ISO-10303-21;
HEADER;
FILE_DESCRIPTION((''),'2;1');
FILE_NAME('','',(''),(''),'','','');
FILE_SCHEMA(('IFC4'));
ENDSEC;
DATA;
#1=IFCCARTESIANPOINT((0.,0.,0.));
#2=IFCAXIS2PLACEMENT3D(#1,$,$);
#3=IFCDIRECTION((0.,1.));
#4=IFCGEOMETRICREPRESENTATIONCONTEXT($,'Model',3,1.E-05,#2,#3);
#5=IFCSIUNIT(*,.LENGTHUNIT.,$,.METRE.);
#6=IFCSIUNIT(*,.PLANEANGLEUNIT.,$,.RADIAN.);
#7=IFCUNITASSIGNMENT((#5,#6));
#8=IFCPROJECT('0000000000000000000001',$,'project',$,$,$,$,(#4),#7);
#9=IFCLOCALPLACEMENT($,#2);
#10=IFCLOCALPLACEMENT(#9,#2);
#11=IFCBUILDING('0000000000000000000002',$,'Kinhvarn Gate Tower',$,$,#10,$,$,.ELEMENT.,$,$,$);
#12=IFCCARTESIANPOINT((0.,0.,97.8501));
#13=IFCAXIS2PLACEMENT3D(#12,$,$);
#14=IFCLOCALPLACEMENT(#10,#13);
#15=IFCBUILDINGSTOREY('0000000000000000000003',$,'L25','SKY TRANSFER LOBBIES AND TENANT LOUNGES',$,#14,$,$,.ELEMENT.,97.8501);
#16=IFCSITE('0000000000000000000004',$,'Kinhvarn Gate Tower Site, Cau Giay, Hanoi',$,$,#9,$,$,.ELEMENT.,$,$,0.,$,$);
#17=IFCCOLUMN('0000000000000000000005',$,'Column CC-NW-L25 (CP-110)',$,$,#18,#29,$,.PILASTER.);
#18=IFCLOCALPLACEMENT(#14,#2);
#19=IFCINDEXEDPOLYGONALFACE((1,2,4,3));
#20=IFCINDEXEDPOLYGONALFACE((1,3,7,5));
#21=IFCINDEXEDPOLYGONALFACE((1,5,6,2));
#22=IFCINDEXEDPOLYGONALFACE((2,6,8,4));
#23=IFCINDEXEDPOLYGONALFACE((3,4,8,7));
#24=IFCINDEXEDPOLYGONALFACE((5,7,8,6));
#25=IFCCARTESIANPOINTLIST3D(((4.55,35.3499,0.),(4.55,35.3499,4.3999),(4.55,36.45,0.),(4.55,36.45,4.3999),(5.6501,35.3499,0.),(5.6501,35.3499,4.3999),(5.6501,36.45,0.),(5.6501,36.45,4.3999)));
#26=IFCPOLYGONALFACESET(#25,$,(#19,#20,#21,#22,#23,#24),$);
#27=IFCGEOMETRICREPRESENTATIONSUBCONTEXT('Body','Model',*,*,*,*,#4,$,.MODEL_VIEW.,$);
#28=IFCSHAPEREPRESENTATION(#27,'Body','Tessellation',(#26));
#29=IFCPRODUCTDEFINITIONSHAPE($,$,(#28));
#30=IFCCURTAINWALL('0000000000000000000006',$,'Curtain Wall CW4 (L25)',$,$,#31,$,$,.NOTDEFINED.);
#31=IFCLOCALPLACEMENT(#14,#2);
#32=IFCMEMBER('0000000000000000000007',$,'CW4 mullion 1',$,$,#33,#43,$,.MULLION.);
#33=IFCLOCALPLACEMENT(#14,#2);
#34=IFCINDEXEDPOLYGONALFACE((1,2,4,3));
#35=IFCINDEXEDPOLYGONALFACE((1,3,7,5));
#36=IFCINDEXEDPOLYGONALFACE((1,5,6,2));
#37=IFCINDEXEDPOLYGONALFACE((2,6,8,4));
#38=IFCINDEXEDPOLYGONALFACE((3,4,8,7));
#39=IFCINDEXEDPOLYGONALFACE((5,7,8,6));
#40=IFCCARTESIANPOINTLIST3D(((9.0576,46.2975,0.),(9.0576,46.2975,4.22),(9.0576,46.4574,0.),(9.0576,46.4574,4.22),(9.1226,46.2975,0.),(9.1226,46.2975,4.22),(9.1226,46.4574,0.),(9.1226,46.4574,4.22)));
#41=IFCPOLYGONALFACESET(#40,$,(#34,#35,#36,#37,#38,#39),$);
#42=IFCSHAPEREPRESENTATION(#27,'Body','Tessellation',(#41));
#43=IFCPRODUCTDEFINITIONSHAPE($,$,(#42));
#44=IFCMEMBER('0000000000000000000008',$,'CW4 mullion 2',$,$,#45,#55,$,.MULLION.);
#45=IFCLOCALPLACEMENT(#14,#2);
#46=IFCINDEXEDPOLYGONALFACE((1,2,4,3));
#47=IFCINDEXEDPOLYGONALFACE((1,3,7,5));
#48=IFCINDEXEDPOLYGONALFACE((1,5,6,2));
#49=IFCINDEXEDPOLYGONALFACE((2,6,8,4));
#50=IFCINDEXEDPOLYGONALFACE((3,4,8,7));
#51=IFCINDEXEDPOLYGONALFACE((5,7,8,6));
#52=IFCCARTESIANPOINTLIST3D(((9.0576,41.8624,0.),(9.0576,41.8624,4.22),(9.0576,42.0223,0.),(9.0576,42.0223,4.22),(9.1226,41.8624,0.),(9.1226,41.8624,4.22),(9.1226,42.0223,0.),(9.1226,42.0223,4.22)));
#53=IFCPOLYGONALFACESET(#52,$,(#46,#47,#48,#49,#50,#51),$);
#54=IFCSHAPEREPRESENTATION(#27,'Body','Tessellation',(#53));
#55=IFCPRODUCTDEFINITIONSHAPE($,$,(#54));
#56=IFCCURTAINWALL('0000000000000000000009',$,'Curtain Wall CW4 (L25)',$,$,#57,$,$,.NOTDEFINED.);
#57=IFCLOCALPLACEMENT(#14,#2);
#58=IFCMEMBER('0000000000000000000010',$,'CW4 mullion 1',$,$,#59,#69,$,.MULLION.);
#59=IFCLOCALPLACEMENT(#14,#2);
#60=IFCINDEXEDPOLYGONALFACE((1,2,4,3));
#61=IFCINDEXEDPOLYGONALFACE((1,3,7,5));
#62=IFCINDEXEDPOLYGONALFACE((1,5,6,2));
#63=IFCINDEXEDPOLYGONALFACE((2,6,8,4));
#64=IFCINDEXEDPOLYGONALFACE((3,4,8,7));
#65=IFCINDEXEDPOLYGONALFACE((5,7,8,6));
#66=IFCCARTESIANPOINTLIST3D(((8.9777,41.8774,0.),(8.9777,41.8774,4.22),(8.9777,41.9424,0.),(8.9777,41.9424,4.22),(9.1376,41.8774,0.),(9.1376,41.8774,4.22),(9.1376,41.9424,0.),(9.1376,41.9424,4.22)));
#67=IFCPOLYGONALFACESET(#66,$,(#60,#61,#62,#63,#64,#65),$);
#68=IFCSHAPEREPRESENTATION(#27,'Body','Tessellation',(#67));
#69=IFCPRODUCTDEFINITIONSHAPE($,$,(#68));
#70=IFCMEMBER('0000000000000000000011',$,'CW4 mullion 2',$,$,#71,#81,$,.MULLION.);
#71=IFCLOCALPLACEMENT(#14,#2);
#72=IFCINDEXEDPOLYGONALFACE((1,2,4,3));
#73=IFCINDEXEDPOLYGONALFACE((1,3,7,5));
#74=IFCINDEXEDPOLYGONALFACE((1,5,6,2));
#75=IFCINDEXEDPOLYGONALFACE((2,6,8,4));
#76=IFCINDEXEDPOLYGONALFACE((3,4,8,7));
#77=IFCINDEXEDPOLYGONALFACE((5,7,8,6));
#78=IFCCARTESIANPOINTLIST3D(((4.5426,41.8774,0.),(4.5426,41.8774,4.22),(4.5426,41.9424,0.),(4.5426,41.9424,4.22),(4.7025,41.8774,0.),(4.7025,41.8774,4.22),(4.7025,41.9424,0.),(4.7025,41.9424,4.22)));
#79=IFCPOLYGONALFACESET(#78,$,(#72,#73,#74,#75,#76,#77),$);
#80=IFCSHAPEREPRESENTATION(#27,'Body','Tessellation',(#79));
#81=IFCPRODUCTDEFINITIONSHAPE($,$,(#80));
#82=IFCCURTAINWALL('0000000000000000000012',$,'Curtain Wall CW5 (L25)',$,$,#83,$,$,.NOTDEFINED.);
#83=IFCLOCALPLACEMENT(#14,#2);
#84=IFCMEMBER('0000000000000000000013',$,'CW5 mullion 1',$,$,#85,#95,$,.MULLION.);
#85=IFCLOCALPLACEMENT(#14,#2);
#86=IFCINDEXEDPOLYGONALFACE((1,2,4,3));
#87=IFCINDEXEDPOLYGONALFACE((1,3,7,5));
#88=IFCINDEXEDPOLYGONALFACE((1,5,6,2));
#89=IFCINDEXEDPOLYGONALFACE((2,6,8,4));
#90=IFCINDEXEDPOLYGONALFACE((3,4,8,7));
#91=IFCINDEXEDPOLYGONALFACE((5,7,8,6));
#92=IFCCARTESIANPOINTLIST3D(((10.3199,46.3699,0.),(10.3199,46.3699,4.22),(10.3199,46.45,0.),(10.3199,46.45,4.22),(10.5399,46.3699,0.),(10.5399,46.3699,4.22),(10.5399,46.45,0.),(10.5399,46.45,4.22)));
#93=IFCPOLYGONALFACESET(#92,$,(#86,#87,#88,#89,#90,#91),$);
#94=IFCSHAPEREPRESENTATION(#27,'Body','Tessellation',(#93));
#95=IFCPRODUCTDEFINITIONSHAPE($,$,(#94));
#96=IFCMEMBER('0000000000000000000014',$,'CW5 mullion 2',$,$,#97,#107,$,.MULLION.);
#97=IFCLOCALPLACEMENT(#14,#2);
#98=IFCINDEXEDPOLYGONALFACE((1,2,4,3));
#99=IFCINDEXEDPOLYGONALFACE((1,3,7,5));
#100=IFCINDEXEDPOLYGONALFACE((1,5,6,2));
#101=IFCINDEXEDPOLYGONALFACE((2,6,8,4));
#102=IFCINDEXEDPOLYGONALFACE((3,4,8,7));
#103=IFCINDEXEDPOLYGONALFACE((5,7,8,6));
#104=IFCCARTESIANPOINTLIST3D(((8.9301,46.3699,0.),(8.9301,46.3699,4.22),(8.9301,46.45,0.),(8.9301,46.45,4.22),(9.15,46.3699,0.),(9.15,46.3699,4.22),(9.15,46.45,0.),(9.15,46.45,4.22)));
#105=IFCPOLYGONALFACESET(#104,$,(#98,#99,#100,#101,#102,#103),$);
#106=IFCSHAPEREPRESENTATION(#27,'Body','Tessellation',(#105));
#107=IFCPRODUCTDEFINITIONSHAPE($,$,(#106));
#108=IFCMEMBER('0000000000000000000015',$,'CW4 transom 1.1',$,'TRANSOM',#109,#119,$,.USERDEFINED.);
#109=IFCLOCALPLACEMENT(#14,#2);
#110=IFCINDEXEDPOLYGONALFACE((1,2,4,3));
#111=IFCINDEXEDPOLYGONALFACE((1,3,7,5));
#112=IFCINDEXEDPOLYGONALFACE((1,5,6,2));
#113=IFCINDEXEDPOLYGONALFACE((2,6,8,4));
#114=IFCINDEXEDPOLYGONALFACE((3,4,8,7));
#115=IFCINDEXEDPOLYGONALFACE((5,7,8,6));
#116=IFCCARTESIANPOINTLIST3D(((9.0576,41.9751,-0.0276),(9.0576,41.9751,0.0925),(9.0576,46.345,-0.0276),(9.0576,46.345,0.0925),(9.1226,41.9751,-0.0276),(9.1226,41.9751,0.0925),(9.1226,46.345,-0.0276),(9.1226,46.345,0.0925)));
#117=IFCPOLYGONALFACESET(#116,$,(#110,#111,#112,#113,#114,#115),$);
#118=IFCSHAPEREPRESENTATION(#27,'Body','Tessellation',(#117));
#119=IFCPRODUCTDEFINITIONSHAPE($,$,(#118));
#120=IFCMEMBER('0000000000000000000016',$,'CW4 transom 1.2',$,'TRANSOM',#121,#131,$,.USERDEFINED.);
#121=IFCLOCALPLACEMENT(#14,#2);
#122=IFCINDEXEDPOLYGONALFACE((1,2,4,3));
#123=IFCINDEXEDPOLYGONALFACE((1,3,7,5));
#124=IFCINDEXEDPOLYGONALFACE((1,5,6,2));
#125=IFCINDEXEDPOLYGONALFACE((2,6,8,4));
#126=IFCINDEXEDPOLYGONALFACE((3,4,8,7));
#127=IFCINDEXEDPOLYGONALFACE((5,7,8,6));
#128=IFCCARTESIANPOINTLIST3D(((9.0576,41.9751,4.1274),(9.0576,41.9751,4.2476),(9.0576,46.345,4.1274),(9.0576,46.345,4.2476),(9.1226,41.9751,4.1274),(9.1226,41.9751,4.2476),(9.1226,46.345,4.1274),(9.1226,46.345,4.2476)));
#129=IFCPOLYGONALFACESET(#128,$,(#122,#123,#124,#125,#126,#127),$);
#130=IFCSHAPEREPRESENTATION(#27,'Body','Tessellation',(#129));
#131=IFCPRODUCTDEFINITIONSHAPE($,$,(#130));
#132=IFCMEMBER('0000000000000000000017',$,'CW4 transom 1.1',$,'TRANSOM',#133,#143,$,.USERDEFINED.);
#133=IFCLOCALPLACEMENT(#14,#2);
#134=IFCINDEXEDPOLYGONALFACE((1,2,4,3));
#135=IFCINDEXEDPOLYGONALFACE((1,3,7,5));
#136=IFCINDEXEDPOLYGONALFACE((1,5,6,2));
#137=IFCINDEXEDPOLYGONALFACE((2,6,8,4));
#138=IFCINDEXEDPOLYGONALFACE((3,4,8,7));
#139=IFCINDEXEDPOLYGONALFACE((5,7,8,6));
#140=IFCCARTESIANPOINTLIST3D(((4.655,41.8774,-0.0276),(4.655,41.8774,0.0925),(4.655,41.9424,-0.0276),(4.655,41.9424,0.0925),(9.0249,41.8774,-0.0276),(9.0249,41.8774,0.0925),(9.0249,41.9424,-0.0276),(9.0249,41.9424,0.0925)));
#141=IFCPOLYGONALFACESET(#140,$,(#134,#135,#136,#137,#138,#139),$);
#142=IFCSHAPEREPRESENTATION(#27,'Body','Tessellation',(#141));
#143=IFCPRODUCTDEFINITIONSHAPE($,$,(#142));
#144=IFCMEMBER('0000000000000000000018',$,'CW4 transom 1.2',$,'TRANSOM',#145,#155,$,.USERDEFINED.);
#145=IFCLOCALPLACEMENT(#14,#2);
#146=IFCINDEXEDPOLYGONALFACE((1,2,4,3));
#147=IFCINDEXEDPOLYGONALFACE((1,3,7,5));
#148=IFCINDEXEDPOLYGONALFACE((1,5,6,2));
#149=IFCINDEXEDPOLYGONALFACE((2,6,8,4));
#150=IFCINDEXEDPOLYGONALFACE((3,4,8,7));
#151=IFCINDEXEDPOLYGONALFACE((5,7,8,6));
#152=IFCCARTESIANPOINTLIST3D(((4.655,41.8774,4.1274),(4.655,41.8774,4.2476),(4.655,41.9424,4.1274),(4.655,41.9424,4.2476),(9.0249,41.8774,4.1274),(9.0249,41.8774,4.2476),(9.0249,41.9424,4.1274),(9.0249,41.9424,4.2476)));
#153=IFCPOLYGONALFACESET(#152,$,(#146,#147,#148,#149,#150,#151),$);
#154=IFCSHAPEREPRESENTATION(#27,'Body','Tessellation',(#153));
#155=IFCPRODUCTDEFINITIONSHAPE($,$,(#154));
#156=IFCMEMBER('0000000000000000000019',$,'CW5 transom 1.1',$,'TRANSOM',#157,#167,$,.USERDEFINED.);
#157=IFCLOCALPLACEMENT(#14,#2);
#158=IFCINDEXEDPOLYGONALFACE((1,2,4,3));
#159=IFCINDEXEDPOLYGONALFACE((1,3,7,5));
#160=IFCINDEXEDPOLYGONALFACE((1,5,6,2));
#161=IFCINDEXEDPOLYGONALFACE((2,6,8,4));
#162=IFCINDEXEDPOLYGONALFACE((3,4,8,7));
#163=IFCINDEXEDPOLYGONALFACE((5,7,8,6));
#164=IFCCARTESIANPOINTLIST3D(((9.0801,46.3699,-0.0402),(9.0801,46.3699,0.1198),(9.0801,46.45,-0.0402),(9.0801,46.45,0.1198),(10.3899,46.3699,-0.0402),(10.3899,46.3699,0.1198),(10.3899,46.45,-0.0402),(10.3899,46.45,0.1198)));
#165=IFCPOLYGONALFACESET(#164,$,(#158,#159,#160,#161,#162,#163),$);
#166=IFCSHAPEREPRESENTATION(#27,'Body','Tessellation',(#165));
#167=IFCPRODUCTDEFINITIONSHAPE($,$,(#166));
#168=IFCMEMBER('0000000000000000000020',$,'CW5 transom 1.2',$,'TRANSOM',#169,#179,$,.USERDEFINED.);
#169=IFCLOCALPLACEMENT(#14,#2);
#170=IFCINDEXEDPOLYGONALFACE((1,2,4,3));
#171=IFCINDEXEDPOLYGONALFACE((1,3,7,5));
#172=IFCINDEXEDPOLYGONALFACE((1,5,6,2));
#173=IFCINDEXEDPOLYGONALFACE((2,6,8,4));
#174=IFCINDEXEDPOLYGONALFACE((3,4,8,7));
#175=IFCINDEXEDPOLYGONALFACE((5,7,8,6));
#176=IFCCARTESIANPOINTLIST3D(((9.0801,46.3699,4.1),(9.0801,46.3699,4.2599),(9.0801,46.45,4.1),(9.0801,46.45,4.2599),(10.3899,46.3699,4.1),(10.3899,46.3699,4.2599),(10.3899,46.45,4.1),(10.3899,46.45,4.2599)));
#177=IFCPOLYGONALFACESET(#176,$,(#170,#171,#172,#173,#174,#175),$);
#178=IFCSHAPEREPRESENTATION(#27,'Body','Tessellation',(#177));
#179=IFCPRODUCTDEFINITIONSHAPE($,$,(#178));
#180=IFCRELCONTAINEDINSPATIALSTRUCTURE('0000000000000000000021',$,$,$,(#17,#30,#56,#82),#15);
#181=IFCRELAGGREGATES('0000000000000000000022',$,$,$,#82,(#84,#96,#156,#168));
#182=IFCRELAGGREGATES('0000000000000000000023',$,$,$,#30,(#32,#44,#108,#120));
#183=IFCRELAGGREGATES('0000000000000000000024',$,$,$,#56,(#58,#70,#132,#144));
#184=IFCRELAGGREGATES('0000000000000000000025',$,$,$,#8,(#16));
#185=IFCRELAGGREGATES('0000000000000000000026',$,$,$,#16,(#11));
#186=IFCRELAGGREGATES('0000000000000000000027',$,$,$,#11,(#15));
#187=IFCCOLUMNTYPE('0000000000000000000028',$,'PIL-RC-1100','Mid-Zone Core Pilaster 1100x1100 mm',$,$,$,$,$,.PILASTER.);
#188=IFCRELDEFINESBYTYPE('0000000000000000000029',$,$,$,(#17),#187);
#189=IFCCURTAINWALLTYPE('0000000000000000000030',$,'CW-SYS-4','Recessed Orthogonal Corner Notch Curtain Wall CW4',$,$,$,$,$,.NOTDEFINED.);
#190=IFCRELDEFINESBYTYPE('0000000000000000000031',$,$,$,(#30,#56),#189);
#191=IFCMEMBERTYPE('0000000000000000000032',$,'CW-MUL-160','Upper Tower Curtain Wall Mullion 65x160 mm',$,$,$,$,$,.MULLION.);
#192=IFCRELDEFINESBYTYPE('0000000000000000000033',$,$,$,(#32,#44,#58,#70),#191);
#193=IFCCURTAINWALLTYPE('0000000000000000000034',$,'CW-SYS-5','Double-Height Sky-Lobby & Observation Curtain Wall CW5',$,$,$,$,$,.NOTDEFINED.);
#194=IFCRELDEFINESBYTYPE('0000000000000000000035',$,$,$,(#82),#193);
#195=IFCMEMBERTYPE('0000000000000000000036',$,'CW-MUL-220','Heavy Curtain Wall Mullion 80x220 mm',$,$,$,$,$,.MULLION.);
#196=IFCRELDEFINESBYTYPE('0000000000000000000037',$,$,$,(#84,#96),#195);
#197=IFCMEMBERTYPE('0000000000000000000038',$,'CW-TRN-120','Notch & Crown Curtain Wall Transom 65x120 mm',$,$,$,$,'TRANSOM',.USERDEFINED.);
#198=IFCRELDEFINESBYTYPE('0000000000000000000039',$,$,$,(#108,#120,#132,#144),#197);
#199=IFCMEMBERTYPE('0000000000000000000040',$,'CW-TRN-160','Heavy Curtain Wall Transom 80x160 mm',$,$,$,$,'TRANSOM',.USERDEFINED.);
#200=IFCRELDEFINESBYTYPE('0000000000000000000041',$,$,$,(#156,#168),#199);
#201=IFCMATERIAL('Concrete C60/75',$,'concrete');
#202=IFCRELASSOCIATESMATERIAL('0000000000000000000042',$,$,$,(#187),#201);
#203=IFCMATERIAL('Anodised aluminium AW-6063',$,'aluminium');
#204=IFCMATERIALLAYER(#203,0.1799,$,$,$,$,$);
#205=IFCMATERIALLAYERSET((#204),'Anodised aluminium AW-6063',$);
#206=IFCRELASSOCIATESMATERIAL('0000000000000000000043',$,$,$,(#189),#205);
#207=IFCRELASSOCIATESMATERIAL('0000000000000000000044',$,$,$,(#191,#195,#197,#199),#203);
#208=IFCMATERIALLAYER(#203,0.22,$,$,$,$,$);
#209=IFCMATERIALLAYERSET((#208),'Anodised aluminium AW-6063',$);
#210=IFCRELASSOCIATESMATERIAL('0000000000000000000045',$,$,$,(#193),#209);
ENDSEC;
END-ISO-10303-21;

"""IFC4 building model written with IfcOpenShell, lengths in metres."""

from ifc_helpers import new_model, si_unit, direction, frame, origin, origin_2d, place, context, subcontext, project, spatial, rectangle, extrude, material, layer, layer_set, material_profile, profile_set, type_object, element, aggregate, save


model = new_model("IFC4")

# Units and contexts
model_context = context("Model", 3, precision=1e-05, world=origin(), true_north=direction((0.0, 1.0)))
body_context = subcontext(model_context, "Body", "Model", "MODEL_VIEW")
ifc_project = project(units=[si_unit("LENGTHUNIT", "METRE"), si_unit("PLANEANGLEUNIT", "RADIAN")], contexts=[model_context])

# Site, building, storey
site_placement = place(None, origin())
site = spatial("IfcSite", under=ifc_project, at=site_placement, Name="Kinhvarn Gate Tower Site, Cau Giay, Hanoi", CompositionType="ELEMENT", RefElevation=0.0)
building_placement = place(site_placement, origin())
building = spatial("IfcBuilding", under=site, at=building_placement, Name="Kinhvarn Gate Tower", CompositionType="ELEMENT")
storey_placement = place(building_placement, frame((0.0, 0.0, 97.8501)))
storey = spatial("IfcBuildingStorey", under=building, at=storey_placement, Name="L25", Description="SKY TRANSFER LOBBIES AND TENANT LOUNGES", CompositionType="ELEMENT", Elevation=97.8501)

# Column
ifc_material_1 = material(Name="Concrete C60/75", Category="concrete")
ifc_material_profile_1 = material_profile(ifc_material_1, rectangle(XDim=1.1001, YDim=1.1001, at=origin_2d()), Name="RC 1100x1100")
ifc_profile_set_1 = profile_set([ifc_material_profile_1], Name="Concrete C60/75")
column_type = type_object("IfcColumnType", Name="PIL-RC-1100", Description="Mid-Zone Core Pilaster 1100x1100 mm", PredefinedType="PILASTER", material=ifc_profile_set_1)
column_placement = place(storey_placement, frame((5.1001, 35.8999, 0.0), z_axis=(0.0, 0.0, 1.0), x_axis=(1.0, 0.0, 0.0)))
element("IfcColumn", 1, at=column_placement, inside=storey, type_object=column_type, Name="Column CC-NW-L25 (CP-110)", PredefinedType="PILASTER", context=body_context, shape_type="SweptSolid", body=[
    extrude(rectangle(XDim=1.1001, YDim=1.1001, at=origin_2d()), origin(), (0.0, 0.0, 1.0), 4.3999),
])

# Curtain walls, members
ifc_material_2 = material(Name="Anodised aluminium AW-6063", Category="aluminium")
ifc_layer_1 = layer(ifc_material_2, 0.1799)
ifc_layer_set_1 = layer_set([ifc_layer_1], Name="Anodised aluminium AW-6063")
curtain_wall_type_1 = type_object("IfcCurtainWallType", Name="CW-SYS-4", Description="Recessed Orthogonal Corner Notch Curtain Wall CW4", PredefinedType="NOTDEFINED", material=ifc_layer_set_1)
curtain_wall_1_placement = place(storey_placement, origin())
curtain_wall_1 = element("IfcCurtainWall", 2, at=curtain_wall_1_placement, inside=storey, type_object=curtain_wall_type_1, Name="Curtain Wall CW4 (L25)", PredefinedType="NOTDEFINED")
ifc_material_profile_2 = material_profile(ifc_material_2, rectangle(XDim=0.0649, YDim=0.1599, at=origin_2d()), Name="ALU 65x160")
ifc_profile_set_2 = profile_set([ifc_material_profile_2], Name="Anodised aluminium AW-6063")
member_type_1 = type_object("IfcMemberType", Name="CW-MUL-160", Description="Upper Tower Curtain Wall Mullion 65x160 mm", PredefinedType="MULLION", material=ifc_profile_set_2)
member_1_placement = place(storey_placement, frame((9.0901, 46.3774, 0.0), z_axis=(0.0, 0.0, 1.0), x_axis=(1.0, 0.0, 0.0)))
member_1 = element("IfcMember", 3, at=member_1_placement, type_object=member_type_1, Name="CW4 mullion 1", PredefinedType="MULLION", context=body_context, shape_type="SweptSolid", body=[
    extrude(rectangle(XDim=0.0649, YDim=0.1599, at=origin_2d()), origin(), (0.0, 0.0, 1.0), 4.22),
])
member_2_placement = place(storey_placement, frame((9.0901, 41.9424, 0.0), z_axis=(0.0, 0.0, 1.0), x_axis=(1.0, 0.0, 0.0)))
member_2 = element("IfcMember", 4, at=member_2_placement, type_object=member_type_1, Name="CW4 mullion 2", PredefinedType="MULLION", context=body_context, shape_type="SweptSolid", body=[
    extrude(rectangle(XDim=0.0649, YDim=0.1599, at=origin_2d()), origin(), (0.0, 0.0, 1.0), 4.22),
])
curtain_wall_2_placement = place(storey_placement, origin())
curtain_wall_2 = element("IfcCurtainWall", 5, at=curtain_wall_2_placement, inside=storey, type_object=curtain_wall_type_1, Name="Curtain Wall CW4 (L25)", PredefinedType="NOTDEFINED")
member_3_placement = place(storey_placement, frame((9.0576, 41.9099, 0.0), z_axis=(0.0, 0.0, 1.0), x_axis=(0.0, -1.0, 0.0)))
member_3 = element("IfcMember", 6, at=member_3_placement, type_object=member_type_1, Name="CW4 mullion 1", PredefinedType="MULLION", context=body_context, shape_type="SweptSolid", body=[
    extrude(rectangle(XDim=0.0649, YDim=0.1599, at=origin_2d()), origin(), (0.0, 0.0, 1.0), 4.22),
])
member_4_placement = place(storey_placement, frame((4.6226, 41.9099, 0.0), z_axis=(0.0, 0.0, 1.0), x_axis=(0.0, -1.0, 0.0)))
member_4 = element("IfcMember", 7, at=member_4_placement, type_object=member_type_1, Name="CW4 mullion 2", PredefinedType="MULLION", context=body_context, shape_type="SweptSolid", body=[
    extrude(rectangle(XDim=0.0649, YDim=0.1599, at=origin_2d()), origin(), (0.0, 0.0, 1.0), 4.22),
])
ifc_layer_2 = layer(ifc_material_2, 0.22)
ifc_layer_set_2 = layer_set([ifc_layer_2], Name="Anodised aluminium AW-6063")
curtain_wall_type_2 = type_object("IfcCurtainWallType", Name="CW-SYS-5", Description="Double-Height Sky-Lobby & Observation Curtain Wall CW5", PredefinedType="NOTDEFINED", material=ifc_layer_set_2)
curtain_wall_3_placement = place(storey_placement, origin())
curtain_wall_3 = element("IfcCurtainWall", 8, at=curtain_wall_3_placement, inside=storey, type_object=curtain_wall_type_2, Name="Curtain Wall CW5 (L25)", PredefinedType="NOTDEFINED")
ifc_material_profile_3 = material_profile(ifc_material_2, rectangle(XDim=0.0801, YDim=0.22, at=origin_2d()), Name="ALU 80x220")
ifc_profile_set_3 = profile_set([ifc_material_profile_3], Name="Anodised aluminium AW-6063")
member_type_2 = type_object("IfcMemberType", Name="CW-MUL-220", Description="Heavy Curtain Wall Mullion 80x220 mm", PredefinedType="MULLION", material=ifc_profile_set_3)
member_5_placement = place(storey_placement, frame((10.4299, 46.4099, 0.0), z_axis=(0.0, 0.0, 1.0), x_axis=(0.0, -1.0, 0.0)))
member_5 = element("IfcMember", 9, at=member_5_placement, type_object=member_type_2, Name="CW5 mullion 1", PredefinedType="MULLION", context=body_context, shape_type="SweptSolid", body=[
    extrude(rectangle(XDim=0.0801, YDim=0.22, at=origin_2d()), origin(), (0.0, 0.0, 1.0), 4.22),
])
member_6_placement = place(storey_placement, frame((9.04, 46.4099, 0.0), z_axis=(0.0, 0.0, 1.0), x_axis=(0.0, -1.0, 0.0)))
member_6 = element("IfcMember", 10, at=member_6_placement, type_object=member_type_2, Name="CW5 mullion 2", PredefinedType="MULLION", context=body_context, shape_type="SweptSolid", body=[
    extrude(rectangle(XDim=0.0801, YDim=0.22, at=origin_2d()), origin(), (0.0, 0.0, 1.0), 4.22),
])

# Members
ifc_material_profile_4 = material_profile(ifc_material_2, rectangle(XDim=0.0649, YDim=0.1201, at=origin_2d()), Name="ALU 65x120")
ifc_profile_set_4 = profile_set([ifc_material_profile_4], Name="Anodised aluminium AW-6063")
member_type_3 = type_object("IfcMemberType", Name="CW-TRN-120", Description="Notch & Crown Curtain Wall Transom 65x120 mm", ElementType="TRANSOM", PredefinedType="USERDEFINED", material=ifc_profile_set_4)
member_7_placement = place(storey_placement, frame((9.0901, 46.345, 0.0325), z_axis=(0.0, -1.0, 0.0), x_axis=(1.0, 0.0, 0.0)))
member_7 = element("IfcMember", 11, at=member_7_placement, type_object=member_type_3, Name="CW4 transom 1.1", ObjectType="TRANSOM", PredefinedType="USERDEFINED", context=body_context, shape_type="SweptSolid", body=[
    extrude(rectangle(XDim=0.0649, YDim=0.1201, at=origin_2d()), origin(), (0.0, 0.0, 1.0), 4.3699),
])
member_8_placement = place(storey_placement, frame((9.0901, 46.345, 4.1875), z_axis=(0.0, -1.0, 0.0), x_axis=(1.0, 0.0, 0.0)))
member_8 = element("IfcMember", 12, at=member_8_placement, type_object=member_type_3, Name="CW4 transom 1.2", ObjectType="TRANSOM", PredefinedType="USERDEFINED", context=body_context, shape_type="SweptSolid", body=[
    extrude(rectangle(XDim=0.0649, YDim=0.1201, at=origin_2d()), origin(), (0.0, 0.0, 1.0), 4.3699),
])
member_9_placement = place(storey_placement, frame((9.0249, 41.9099, 0.0325), z_axis=(-1.0, 0.0, 0.0), x_axis=(0.0, -1.0, 0.0)))
member_9 = element("IfcMember", 13, at=member_9_placement, type_object=member_type_3, Name="CW4 transom 1.1", ObjectType="TRANSOM", PredefinedType="USERDEFINED", context=body_context, shape_type="SweptSolid", body=[
    extrude(rectangle(XDim=0.0649, YDim=0.1201, at=origin_2d()), origin(), (0.0, 0.0, 1.0), 4.3699),
])
member_10_placement = place(storey_placement, frame((9.0249, 41.9099, 4.1875), z_axis=(-1.0, 0.0, 0.0), x_axis=(0.0, -1.0, 0.0)))
member_10 = element("IfcMember", 14, at=member_10_placement, type_object=member_type_3, Name="CW4 transom 1.2", ObjectType="TRANSOM", PredefinedType="USERDEFINED", context=body_context, shape_type="SweptSolid", body=[
    extrude(rectangle(XDim=0.0649, YDim=0.1201, at=origin_2d()), origin(), (0.0, 0.0, 1.0), 4.3699),
])
ifc_material_profile_5 = material_profile(ifc_material_2, rectangle(XDim=0.0801, YDim=0.1599, at=origin_2d()), Name="ALU 80x160")
ifc_profile_set_5 = profile_set([ifc_material_profile_5], Name="Anodised aluminium AW-6063")
member_type_4 = type_object("IfcMemberType", Name="CW-TRN-160", Description="Heavy Curtain Wall Transom 80x160 mm", ElementType="TRANSOM", PredefinedType="USERDEFINED", material=ifc_profile_set_5)
member_11_placement = place(storey_placement, frame((10.3899, 46.4099, 0.0398), z_axis=(-1.0, 0.0, 0.0), x_axis=(0.0, -1.0, 0.0)))
member_11 = element("IfcMember", 15, at=member_11_placement, type_object=member_type_4, Name="CW5 transom 1.1", ObjectType="TRANSOM", PredefinedType="USERDEFINED", context=body_context, shape_type="SweptSolid", body=[
    extrude(rectangle(XDim=0.0801, YDim=0.1599, at=origin_2d()), origin(), (0.0, 0.0, 1.0), 1.3098),
])
member_12_placement = place(storey_placement, frame((10.3899, 46.4099, 4.1799), z_axis=(-1.0, 0.0, 0.0), x_axis=(0.0, -1.0, 0.0)))
member_12 = element("IfcMember", 16, at=member_12_placement, type_object=member_type_4, Name="CW5 transom 1.2", ObjectType="TRANSOM", PredefinedType="USERDEFINED", context=body_context, shape_type="SweptSolid", body=[
    extrude(rectangle(XDim=0.0801, YDim=0.1599, at=origin_2d()), origin(), (0.0, 0.0, 1.0), 1.3098),
])

aggregate(curtain_wall_3, [member_5, member_6, member_11, member_12])
aggregate(curtain_wall_1, [member_1, member_2, member_7, member_8])
aggregate(curtain_wall_2, [member_3, member_4, member_9, member_10])

save(model, "model.ifc")
